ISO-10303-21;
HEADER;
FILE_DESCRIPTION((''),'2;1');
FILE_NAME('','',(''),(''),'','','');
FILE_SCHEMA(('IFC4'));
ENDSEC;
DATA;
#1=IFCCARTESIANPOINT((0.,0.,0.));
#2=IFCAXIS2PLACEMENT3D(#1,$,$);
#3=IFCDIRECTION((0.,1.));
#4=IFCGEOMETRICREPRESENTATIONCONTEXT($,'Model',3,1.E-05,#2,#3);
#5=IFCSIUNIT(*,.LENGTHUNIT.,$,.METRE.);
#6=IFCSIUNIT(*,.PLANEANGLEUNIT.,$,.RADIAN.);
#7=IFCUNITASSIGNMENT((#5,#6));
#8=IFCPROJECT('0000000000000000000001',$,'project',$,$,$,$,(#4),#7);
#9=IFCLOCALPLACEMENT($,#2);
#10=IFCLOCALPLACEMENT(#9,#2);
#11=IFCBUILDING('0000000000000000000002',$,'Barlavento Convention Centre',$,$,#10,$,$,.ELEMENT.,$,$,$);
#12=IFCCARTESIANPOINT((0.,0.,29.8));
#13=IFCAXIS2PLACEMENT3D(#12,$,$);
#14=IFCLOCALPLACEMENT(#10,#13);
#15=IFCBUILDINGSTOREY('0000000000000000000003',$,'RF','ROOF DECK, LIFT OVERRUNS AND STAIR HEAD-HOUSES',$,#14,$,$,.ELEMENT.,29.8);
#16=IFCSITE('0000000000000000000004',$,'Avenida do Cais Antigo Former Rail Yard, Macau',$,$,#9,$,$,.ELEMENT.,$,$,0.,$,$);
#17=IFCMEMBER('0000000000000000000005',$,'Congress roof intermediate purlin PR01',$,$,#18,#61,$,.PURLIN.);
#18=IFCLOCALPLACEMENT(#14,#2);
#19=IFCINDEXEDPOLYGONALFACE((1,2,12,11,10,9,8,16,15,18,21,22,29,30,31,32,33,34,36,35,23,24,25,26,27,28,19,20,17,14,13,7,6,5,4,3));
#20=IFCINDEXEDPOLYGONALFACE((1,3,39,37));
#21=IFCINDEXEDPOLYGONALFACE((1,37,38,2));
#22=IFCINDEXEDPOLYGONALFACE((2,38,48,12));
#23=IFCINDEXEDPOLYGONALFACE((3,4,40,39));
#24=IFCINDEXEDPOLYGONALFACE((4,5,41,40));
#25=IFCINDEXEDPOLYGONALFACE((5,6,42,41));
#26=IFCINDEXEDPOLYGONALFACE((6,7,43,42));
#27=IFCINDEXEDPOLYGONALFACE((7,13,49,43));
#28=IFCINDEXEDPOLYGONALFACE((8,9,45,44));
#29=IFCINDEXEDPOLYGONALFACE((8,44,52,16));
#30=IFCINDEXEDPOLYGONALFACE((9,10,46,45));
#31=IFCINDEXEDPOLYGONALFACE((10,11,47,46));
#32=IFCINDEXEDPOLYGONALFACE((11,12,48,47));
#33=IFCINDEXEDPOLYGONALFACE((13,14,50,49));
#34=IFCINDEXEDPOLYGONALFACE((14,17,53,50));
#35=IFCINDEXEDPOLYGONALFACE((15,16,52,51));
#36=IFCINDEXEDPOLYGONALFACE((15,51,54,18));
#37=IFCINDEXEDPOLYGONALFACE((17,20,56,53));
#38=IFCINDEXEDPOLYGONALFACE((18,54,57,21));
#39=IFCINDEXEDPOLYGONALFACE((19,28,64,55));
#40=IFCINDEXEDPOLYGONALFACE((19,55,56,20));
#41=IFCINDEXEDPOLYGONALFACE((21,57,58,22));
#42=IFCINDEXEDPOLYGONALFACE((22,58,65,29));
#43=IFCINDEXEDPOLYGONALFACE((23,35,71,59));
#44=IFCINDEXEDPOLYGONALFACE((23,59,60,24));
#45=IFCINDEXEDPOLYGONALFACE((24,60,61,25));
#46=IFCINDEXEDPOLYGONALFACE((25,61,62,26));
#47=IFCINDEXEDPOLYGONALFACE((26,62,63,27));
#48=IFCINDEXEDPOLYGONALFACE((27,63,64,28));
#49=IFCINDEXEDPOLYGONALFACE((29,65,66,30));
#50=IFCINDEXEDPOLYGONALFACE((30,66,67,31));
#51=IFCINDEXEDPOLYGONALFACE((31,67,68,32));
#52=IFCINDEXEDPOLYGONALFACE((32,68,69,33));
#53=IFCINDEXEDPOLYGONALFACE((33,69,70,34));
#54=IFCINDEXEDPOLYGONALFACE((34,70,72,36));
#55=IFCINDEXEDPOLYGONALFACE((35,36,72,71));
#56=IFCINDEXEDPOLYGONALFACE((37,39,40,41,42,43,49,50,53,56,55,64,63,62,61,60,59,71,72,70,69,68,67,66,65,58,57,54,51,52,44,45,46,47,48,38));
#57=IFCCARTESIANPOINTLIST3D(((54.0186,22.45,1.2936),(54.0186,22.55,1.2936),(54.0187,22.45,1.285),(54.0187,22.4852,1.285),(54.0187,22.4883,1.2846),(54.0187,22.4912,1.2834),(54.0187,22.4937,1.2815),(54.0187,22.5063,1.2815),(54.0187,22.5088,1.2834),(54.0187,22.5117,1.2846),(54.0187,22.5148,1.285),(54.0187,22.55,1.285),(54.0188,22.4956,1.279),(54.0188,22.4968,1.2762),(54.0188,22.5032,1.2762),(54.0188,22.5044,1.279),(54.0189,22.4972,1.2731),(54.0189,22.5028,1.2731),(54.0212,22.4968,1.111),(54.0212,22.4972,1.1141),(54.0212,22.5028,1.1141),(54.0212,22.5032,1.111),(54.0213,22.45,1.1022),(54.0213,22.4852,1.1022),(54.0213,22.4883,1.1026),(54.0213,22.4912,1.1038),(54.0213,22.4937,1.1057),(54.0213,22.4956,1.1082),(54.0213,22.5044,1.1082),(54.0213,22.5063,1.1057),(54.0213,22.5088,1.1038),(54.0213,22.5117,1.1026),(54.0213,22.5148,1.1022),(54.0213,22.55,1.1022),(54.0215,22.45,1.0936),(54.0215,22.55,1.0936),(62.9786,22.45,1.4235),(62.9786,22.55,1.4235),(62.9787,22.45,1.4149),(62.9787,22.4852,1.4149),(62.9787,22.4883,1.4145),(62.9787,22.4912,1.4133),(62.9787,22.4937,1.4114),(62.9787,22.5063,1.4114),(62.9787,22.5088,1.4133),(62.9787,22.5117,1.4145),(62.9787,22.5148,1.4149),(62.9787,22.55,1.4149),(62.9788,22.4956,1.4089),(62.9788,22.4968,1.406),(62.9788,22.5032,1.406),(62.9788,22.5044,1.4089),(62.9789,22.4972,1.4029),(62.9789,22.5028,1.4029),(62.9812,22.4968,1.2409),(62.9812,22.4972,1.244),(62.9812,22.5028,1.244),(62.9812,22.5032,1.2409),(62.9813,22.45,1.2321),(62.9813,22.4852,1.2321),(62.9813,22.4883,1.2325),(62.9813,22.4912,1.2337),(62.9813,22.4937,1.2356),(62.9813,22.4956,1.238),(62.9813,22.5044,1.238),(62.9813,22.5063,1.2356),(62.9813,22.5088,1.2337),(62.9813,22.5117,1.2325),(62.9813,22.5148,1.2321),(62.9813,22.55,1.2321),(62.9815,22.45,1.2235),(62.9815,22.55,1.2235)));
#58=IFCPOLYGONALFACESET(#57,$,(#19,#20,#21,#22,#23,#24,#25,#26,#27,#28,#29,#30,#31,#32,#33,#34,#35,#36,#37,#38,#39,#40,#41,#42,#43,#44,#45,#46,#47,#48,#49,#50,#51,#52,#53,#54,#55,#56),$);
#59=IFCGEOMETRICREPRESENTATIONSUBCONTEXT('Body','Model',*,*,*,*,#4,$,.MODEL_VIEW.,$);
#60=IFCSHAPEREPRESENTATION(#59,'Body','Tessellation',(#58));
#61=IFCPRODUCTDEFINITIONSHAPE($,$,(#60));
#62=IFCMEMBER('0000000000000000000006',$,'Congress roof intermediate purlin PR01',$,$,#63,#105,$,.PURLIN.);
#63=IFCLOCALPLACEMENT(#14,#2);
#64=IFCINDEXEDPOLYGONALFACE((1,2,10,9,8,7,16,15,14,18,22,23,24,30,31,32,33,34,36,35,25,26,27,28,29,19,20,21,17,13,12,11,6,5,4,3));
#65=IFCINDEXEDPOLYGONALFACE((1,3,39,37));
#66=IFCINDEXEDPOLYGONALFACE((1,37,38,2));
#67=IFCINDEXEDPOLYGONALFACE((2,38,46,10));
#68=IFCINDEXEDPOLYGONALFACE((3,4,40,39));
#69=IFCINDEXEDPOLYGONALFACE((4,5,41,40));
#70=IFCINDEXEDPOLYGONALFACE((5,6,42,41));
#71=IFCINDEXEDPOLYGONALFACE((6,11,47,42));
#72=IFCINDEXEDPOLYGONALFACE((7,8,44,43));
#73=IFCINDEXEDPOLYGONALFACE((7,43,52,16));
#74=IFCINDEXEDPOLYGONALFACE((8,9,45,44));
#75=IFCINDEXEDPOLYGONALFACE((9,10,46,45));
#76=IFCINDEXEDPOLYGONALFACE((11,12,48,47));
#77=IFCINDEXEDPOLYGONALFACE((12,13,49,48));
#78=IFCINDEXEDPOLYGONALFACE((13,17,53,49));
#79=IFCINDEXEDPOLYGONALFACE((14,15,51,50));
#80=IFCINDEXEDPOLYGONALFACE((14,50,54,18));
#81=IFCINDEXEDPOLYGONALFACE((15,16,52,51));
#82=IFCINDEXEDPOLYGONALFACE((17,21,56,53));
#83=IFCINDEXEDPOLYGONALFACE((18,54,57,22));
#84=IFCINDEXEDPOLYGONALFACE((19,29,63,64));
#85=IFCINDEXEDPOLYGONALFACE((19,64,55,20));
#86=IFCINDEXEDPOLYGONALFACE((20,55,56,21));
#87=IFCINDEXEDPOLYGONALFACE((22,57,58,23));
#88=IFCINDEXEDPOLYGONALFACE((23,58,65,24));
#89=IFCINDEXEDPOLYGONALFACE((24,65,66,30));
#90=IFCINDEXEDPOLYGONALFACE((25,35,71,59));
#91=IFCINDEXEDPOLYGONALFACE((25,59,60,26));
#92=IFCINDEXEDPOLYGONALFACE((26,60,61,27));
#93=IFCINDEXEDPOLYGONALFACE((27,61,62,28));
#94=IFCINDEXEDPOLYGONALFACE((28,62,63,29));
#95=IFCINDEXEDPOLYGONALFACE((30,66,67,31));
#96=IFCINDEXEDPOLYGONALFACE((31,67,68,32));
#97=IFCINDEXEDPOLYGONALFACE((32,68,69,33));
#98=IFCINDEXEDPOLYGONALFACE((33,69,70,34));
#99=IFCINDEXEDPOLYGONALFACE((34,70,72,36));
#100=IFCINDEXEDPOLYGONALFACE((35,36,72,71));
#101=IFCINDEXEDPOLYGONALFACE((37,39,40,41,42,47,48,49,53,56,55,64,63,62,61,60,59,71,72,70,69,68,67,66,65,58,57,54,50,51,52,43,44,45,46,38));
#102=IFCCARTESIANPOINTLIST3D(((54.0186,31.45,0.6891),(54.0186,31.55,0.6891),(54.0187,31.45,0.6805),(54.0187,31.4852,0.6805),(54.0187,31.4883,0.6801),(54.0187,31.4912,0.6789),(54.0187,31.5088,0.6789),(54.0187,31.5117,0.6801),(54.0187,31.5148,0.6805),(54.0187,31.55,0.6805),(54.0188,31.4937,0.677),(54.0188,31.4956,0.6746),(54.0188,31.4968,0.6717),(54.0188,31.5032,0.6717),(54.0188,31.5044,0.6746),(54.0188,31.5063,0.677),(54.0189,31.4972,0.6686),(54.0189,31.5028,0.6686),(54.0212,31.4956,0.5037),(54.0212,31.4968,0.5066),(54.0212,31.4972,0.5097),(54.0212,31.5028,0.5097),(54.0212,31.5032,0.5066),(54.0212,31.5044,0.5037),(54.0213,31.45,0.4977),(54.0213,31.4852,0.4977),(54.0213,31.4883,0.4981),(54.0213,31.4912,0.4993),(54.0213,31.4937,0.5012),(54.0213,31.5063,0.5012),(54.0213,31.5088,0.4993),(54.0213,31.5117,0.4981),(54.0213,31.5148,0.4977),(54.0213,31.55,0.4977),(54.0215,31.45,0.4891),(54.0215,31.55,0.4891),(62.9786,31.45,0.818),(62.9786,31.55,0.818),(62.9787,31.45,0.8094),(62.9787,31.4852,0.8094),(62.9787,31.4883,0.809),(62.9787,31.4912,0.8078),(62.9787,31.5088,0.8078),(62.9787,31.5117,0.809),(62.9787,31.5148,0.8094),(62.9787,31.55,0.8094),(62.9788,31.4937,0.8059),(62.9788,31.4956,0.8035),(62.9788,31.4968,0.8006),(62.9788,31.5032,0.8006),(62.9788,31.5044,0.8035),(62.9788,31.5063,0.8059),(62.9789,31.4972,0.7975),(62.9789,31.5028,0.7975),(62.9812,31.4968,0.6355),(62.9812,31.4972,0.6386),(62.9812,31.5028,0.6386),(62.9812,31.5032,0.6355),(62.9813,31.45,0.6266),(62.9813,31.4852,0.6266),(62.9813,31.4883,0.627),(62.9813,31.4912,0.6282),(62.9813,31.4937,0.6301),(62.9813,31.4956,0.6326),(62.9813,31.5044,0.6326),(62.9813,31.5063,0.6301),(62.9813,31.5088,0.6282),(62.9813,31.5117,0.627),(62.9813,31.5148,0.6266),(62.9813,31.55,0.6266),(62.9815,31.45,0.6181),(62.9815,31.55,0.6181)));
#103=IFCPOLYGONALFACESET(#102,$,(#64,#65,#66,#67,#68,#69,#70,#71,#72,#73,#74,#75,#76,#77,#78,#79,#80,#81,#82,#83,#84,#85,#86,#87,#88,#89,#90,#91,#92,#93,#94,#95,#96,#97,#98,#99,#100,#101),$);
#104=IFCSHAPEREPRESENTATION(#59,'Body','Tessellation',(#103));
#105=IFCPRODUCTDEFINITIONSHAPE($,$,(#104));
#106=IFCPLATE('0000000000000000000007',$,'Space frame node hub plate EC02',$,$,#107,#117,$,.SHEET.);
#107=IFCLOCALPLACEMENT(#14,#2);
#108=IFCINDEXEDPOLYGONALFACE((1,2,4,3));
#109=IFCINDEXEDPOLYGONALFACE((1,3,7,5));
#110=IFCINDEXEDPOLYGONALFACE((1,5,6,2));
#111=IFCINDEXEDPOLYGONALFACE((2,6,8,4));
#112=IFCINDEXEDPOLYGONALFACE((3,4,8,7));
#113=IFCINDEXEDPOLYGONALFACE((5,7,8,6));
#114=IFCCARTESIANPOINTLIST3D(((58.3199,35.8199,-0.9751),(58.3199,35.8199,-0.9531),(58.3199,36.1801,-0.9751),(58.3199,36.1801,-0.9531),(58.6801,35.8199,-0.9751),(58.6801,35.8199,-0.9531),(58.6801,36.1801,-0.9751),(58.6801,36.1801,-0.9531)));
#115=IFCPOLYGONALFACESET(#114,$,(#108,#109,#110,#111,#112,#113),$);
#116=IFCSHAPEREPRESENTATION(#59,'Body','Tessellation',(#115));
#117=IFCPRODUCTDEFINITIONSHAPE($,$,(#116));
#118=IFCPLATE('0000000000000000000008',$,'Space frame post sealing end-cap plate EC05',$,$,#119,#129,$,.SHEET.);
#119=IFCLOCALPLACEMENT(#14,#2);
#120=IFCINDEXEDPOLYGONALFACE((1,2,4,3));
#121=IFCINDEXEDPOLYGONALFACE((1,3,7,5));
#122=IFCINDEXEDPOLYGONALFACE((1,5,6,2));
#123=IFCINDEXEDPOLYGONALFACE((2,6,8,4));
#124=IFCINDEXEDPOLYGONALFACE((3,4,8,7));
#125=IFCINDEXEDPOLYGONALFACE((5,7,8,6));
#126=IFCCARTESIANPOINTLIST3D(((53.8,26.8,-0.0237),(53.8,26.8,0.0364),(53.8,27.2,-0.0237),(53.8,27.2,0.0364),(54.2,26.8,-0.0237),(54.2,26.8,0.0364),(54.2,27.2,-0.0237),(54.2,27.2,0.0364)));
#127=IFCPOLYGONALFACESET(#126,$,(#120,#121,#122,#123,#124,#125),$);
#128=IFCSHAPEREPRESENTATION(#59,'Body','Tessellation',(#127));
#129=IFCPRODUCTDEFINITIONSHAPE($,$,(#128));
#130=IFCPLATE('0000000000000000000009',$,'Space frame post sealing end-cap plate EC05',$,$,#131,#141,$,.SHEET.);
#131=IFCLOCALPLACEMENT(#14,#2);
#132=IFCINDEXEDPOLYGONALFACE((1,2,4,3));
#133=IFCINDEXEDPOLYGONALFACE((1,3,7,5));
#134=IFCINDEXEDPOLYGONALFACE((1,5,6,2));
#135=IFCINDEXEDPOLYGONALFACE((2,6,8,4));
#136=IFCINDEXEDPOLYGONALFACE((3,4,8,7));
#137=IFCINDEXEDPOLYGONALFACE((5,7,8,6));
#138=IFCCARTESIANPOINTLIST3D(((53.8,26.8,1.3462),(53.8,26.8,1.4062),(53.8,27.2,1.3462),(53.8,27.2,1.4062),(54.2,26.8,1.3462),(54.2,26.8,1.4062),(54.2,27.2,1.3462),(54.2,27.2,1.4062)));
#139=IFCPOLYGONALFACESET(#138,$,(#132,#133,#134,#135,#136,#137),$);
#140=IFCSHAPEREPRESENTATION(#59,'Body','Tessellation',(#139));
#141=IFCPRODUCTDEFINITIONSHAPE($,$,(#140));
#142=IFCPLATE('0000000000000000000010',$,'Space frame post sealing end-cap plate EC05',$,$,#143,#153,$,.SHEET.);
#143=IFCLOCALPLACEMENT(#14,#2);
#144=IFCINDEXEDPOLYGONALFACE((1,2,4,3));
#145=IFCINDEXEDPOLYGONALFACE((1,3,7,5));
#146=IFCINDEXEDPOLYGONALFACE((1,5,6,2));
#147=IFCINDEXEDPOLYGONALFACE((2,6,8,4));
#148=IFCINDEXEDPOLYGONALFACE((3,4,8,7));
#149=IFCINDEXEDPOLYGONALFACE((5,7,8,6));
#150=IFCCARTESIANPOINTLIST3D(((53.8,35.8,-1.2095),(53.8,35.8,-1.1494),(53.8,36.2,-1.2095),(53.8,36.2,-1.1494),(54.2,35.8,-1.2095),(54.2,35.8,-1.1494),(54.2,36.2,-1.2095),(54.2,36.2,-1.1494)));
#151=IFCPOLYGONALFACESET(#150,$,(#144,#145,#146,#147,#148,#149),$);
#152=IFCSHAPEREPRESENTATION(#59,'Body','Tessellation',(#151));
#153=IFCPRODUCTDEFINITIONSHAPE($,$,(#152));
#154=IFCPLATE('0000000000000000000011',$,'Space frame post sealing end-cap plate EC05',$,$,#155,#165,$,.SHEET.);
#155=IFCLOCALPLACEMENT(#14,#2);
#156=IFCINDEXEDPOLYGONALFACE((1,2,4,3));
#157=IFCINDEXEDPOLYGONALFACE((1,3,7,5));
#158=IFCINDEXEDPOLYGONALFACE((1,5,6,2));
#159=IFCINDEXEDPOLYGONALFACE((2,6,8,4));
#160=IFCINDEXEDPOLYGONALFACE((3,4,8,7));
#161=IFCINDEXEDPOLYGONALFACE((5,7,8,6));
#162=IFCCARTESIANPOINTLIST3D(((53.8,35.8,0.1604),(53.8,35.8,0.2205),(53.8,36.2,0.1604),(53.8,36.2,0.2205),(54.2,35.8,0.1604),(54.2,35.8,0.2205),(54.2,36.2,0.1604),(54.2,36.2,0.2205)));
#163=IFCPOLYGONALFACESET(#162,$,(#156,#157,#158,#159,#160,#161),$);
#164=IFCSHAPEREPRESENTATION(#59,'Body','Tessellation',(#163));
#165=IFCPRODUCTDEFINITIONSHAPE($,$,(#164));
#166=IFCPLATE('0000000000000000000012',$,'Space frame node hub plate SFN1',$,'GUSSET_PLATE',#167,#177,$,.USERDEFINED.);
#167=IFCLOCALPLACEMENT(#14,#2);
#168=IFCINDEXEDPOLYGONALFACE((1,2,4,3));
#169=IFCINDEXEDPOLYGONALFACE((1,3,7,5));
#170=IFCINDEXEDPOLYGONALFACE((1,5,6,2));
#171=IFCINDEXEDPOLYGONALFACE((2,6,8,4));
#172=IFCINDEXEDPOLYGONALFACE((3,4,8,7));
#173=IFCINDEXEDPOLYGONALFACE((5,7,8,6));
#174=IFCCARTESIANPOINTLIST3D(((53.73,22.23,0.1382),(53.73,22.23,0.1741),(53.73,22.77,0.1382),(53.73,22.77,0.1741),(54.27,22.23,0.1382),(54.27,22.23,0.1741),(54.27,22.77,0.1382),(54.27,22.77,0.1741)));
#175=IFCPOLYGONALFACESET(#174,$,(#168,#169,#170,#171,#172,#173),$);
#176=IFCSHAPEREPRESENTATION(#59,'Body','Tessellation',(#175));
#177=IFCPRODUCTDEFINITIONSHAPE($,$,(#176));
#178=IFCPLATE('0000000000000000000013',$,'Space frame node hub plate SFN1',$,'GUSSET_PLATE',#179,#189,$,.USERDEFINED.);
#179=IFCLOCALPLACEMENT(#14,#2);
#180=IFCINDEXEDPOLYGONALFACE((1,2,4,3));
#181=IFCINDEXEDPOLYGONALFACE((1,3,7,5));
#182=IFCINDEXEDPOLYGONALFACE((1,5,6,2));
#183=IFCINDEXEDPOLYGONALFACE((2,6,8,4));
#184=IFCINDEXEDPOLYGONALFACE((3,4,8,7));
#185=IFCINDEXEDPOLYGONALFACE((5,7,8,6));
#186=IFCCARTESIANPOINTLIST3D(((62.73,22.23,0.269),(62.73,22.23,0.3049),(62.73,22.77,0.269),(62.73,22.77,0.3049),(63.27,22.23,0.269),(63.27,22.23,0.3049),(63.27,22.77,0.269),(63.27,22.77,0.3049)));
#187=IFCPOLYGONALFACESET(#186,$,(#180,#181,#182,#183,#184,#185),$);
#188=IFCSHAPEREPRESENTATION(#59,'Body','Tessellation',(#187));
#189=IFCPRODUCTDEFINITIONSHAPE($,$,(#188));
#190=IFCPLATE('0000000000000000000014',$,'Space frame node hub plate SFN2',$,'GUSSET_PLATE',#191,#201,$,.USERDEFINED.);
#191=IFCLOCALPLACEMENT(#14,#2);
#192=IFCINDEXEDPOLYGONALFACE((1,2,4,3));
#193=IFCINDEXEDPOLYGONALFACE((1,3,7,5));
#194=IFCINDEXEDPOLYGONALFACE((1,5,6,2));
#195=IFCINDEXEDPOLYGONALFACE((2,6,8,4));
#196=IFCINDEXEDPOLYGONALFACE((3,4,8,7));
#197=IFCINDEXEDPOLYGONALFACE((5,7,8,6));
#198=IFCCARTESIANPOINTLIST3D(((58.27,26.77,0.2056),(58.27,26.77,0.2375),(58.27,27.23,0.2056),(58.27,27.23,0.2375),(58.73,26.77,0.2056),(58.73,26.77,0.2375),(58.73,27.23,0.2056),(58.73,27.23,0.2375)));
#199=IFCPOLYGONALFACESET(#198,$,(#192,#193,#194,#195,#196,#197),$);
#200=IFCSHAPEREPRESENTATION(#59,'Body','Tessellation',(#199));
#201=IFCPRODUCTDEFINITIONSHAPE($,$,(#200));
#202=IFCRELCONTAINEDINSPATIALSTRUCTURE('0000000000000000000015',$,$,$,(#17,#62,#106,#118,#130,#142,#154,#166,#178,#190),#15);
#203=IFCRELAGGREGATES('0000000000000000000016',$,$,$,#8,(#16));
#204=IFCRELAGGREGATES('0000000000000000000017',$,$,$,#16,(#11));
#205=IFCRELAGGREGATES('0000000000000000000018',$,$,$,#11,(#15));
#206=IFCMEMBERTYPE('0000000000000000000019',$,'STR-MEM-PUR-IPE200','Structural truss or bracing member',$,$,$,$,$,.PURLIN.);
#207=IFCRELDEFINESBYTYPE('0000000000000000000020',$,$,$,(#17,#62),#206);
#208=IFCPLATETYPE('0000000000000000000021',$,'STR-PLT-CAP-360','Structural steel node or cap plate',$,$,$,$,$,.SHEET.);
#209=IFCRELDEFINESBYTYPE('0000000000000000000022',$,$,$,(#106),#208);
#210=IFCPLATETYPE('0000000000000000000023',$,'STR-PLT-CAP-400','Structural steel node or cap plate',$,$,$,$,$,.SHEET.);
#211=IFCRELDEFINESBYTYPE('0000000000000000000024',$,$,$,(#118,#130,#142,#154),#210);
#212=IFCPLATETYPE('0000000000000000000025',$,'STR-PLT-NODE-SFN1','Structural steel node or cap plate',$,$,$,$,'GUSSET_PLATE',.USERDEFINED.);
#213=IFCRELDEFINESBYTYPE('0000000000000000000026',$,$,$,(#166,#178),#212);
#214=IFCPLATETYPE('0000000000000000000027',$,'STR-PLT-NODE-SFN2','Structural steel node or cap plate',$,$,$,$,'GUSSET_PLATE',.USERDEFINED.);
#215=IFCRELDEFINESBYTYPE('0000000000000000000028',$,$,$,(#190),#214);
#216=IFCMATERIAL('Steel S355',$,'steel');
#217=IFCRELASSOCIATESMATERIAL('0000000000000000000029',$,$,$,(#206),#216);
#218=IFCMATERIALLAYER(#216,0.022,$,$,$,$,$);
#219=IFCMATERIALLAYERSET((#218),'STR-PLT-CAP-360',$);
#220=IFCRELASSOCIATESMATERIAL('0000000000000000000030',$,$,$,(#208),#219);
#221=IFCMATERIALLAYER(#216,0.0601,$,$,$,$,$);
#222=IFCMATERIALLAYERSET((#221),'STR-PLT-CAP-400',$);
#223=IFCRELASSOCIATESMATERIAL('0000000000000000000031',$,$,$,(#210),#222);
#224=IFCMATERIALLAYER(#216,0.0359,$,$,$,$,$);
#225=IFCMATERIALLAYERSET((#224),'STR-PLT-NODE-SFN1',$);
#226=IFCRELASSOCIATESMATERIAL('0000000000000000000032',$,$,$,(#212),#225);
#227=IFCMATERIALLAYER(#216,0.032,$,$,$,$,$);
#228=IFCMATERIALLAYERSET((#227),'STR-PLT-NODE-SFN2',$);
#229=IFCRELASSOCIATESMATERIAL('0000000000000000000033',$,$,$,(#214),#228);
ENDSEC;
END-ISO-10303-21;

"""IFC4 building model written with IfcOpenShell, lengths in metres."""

from ifc_helpers import new_model, si_unit, direction, frame, origin, origin_2d, place, context, subcontext, project, spatial, rectangle, i_section, extrude, material, layer, layer_set, material_profile, profile_set, type_object, element, save


model = new_model("IFC4")

# Units and contexts
model_context = context("Model", 3, precision=1e-05, world=origin(), true_north=direction((0.0, 1.0)))
body_context = subcontext(model_context, "Body", "Model", "MODEL_VIEW")
ifc_project = project(units=[si_unit("LENGTHUNIT", "METRE"), si_unit("PLANEANGLEUNIT", "RADIAN")], contexts=[model_context])

# Site, building, storey
site_placement = place(None, origin())
site = spatial("IfcSite", under=ifc_project, at=site_placement, Name="Avenida do Cais Antigo Former Rail Yard, Macau", CompositionType="ELEMENT", RefElevation=0.0)
building_placement = place(site_placement, origin())
building = spatial("IfcBuilding", under=site, at=building_placement, Name="Barlavento Convention Centre", CompositionType="ELEMENT")
storey_placement = place(building_placement, frame((0.0, 0.0, 29.8)))
storey = spatial("IfcBuildingStorey", under=building, at=storey_placement, Name="RF", Description="ROOF DECK, LIFT OVERRUNS AND STAIR HEAD-HOUSES", CompositionType="ELEMENT", Elevation=29.8)

# Members
ifc_material_1 = material(Name="Steel S355", Category="steel")
ifc_material_profile_1 = material_profile(ifc_material_1, i_section(OverallWidth=0.1001, OverallDepth=0.2, WebThickness=0.0056, FlangeThickness=0.0085, FilletRadius=0.012, at=origin_2d()), Name="IPE 200")
ifc_profile_set_1 = profile_set([ifc_material_profile_1], Name="Steel S355")
member_type_1 = type_object("IfcMemberType", Name="STR-MEM-PUR-IPE200", Description="Structural truss or bracing member", PredefinedType="PURLIN", material=ifc_profile_set_1)
for number, where, z_axis, x_axis, name in (
    (1, (54.02, 22.5, 1.1936), (0.999895, 0.0, 0.014494), (0.0, 1.0, 0.0), "Congress roof intermediate purlin PR01"),
    (2, (54.02, 31.5, 0.5891), (0.999897, 0.0, 0.014385), (0.0, 1.0, 0.0), "Congress roof intermediate purlin PR01"),
):
    element("IfcMember", number, at=place(storey_placement, frame(where, z_axis=z_axis, x_axis=x_axis)), inside=storey, type_object=member_type_1, Name=name, PredefinedType="PURLIN", context=body_context, shape_type="SweptSolid", body=[
        extrude(i_section(OverallWidth=0.1001, OverallDepth=0.2, WebThickness=0.0056, FlangeThickness=0.0085, FilletRadius=0.012, at=origin_2d()), origin(), (0.0, 0.0, 1.0), 8.9609),
    ])

# Plates
ifc_layer_1 = layer(ifc_material_1, 0.022)
ifc_layer_set_1 = layer_set([ifc_layer_1], Name="STR-PLT-CAP-360")
plate_type_1 = type_object("IfcPlateType", Name="STR-PLT-CAP-360", Description="Structural steel node or cap plate", PredefinedType="SHEET", material=ifc_layer_set_1)
plate_placement = place(storey_placement, frame((58.5, 36.0, -0.9751), z_axis=(0.0, 0.0, 1.0), x_axis=(1.0, 0.0, 0.0)))
element("IfcPlate", 3, at=plate_placement, inside=storey, type_object=plate_type_1, Name="Space frame node hub plate EC02", PredefinedType="SHEET", context=body_context, shape_type="SweptSolid", body=[
    extrude(rectangle(XDim=0.3601, YDim=0.3601, at=origin_2d()), origin(), (0.0, 0.0, 1.0), 0.022),
])
ifc_layer_2 = layer(ifc_material_1, 0.0601)
ifc_layer_set_2 = layer_set([ifc_layer_2], Name="STR-PLT-CAP-400")
plate_type_2 = type_object("IfcPlateType", Name="STR-PLT-CAP-400", Description="Structural steel node or cap plate", PredefinedType="SHEET", material=ifc_layer_set_2)
for number, where, z_axis, x_axis, name in (
    (4, (54.0, 27.0, -0.0237), (0.0, 0.0, 1.0), (1.0, 0.0, 0.0), "Space frame post sealing end-cap plate EC05"),
    (5, (54.0, 27.0, 1.3462), (0.0, 0.0, 1.0), (1.0, 0.0, 0.0), "Space frame post sealing end-cap plate EC05"),
    (6, (54.0, 36.0, -1.2095), (0.0, 0.0, 1.0), (1.0, 0.0, 0.0), "Space frame post sealing end-cap plate EC05"),
    (7, (54.0, 36.0, 0.1604), (0.0, 0.0, 1.0), (1.0, 0.0, 0.0), "Space frame post sealing end-cap plate EC05"),
):
    element("IfcPlate", number, at=place(storey_placement, frame(where, z_axis=z_axis, x_axis=x_axis)), inside=storey, type_object=plate_type_2, Name=name, PredefinedType="SHEET", context=body_context, shape_type="SweptSolid", body=[
        extrude(rectangle(XDim=0.3999, YDim=0.3999, at=origin_2d()), origin(), (0.0, 0.0, 1.0), 0.0601),
    ])
ifc_layer_3 = layer(ifc_material_1, 0.0359)
ifc_layer_set_3 = layer_set([ifc_layer_3], Name="STR-PLT-NODE-SFN1")
plate_type_3 = type_object("IfcPlateType", Name="STR-PLT-NODE-SFN1", Description="Structural steel node or cap plate", ElementType="GUSSET_PLATE", PredefinedType="USERDEFINED", material=ifc_layer_set_3)
for number, where, z_axis, x_axis, name in (
    (8, (54.0, 22.5, 0.1382), (0.0, 0.0, 1.0), (1.0, 0.0, 0.0), "Space frame node hub plate SFN1"),
    (9, (63.0, 22.5, 0.269), (0.0, 0.0, 1.0), (1.0, 0.0, 0.0), "Space frame node hub plate SFN1"),
):
    element("IfcPlate", number, at=place(storey_placement, frame(where, z_axis=z_axis, x_axis=x_axis)), inside=storey, type_object=plate_type_3, Name=name, ObjectType="GUSSET_PLATE", PredefinedType="USERDEFINED", context=body_context, shape_type="SweptSolid", body=[
        extrude(rectangle(XDim=0.54, YDim=0.54, at=origin_2d()), origin(), (0.0, 0.0, 1.0), 0.0359),
    ])
ifc_layer_4 = layer(ifc_material_1, 0.032)
ifc_layer_set_4 = layer_set([ifc_layer_4], Name="STR-PLT-NODE-SFN2")
plate_type_4 = type_object("IfcPlateType", Name="STR-PLT-NODE-SFN2", Description="Structural steel node or cap plate", ElementType="GUSSET_PLATE", PredefinedType="USERDEFINED", material=ifc_layer_set_4)
for number, where, z_axis, x_axis, name in (
    (10, (58.5, 27.0, 0.2056), (0.0, 0.0, 1.0), (1.0, 0.0, 0.0), "Space frame node hub plate SFN2"),
):
    element("IfcPlate", number, at=place(storey_placement, frame(where, z_axis=z_axis, x_axis=x_axis)), inside=storey, type_object=plate_type_4, Name=name, ObjectType="GUSSET_PLATE", PredefinedType="USERDEFINED", context=body_context, shape_type="SweptSolid", body=[
        extrude(rectangle(XDim=0.46, YDim=0.46, at=origin_2d()), origin(), (0.0, 0.0, 1.0), 0.032),
    ])

save(model, "model.ifc")
